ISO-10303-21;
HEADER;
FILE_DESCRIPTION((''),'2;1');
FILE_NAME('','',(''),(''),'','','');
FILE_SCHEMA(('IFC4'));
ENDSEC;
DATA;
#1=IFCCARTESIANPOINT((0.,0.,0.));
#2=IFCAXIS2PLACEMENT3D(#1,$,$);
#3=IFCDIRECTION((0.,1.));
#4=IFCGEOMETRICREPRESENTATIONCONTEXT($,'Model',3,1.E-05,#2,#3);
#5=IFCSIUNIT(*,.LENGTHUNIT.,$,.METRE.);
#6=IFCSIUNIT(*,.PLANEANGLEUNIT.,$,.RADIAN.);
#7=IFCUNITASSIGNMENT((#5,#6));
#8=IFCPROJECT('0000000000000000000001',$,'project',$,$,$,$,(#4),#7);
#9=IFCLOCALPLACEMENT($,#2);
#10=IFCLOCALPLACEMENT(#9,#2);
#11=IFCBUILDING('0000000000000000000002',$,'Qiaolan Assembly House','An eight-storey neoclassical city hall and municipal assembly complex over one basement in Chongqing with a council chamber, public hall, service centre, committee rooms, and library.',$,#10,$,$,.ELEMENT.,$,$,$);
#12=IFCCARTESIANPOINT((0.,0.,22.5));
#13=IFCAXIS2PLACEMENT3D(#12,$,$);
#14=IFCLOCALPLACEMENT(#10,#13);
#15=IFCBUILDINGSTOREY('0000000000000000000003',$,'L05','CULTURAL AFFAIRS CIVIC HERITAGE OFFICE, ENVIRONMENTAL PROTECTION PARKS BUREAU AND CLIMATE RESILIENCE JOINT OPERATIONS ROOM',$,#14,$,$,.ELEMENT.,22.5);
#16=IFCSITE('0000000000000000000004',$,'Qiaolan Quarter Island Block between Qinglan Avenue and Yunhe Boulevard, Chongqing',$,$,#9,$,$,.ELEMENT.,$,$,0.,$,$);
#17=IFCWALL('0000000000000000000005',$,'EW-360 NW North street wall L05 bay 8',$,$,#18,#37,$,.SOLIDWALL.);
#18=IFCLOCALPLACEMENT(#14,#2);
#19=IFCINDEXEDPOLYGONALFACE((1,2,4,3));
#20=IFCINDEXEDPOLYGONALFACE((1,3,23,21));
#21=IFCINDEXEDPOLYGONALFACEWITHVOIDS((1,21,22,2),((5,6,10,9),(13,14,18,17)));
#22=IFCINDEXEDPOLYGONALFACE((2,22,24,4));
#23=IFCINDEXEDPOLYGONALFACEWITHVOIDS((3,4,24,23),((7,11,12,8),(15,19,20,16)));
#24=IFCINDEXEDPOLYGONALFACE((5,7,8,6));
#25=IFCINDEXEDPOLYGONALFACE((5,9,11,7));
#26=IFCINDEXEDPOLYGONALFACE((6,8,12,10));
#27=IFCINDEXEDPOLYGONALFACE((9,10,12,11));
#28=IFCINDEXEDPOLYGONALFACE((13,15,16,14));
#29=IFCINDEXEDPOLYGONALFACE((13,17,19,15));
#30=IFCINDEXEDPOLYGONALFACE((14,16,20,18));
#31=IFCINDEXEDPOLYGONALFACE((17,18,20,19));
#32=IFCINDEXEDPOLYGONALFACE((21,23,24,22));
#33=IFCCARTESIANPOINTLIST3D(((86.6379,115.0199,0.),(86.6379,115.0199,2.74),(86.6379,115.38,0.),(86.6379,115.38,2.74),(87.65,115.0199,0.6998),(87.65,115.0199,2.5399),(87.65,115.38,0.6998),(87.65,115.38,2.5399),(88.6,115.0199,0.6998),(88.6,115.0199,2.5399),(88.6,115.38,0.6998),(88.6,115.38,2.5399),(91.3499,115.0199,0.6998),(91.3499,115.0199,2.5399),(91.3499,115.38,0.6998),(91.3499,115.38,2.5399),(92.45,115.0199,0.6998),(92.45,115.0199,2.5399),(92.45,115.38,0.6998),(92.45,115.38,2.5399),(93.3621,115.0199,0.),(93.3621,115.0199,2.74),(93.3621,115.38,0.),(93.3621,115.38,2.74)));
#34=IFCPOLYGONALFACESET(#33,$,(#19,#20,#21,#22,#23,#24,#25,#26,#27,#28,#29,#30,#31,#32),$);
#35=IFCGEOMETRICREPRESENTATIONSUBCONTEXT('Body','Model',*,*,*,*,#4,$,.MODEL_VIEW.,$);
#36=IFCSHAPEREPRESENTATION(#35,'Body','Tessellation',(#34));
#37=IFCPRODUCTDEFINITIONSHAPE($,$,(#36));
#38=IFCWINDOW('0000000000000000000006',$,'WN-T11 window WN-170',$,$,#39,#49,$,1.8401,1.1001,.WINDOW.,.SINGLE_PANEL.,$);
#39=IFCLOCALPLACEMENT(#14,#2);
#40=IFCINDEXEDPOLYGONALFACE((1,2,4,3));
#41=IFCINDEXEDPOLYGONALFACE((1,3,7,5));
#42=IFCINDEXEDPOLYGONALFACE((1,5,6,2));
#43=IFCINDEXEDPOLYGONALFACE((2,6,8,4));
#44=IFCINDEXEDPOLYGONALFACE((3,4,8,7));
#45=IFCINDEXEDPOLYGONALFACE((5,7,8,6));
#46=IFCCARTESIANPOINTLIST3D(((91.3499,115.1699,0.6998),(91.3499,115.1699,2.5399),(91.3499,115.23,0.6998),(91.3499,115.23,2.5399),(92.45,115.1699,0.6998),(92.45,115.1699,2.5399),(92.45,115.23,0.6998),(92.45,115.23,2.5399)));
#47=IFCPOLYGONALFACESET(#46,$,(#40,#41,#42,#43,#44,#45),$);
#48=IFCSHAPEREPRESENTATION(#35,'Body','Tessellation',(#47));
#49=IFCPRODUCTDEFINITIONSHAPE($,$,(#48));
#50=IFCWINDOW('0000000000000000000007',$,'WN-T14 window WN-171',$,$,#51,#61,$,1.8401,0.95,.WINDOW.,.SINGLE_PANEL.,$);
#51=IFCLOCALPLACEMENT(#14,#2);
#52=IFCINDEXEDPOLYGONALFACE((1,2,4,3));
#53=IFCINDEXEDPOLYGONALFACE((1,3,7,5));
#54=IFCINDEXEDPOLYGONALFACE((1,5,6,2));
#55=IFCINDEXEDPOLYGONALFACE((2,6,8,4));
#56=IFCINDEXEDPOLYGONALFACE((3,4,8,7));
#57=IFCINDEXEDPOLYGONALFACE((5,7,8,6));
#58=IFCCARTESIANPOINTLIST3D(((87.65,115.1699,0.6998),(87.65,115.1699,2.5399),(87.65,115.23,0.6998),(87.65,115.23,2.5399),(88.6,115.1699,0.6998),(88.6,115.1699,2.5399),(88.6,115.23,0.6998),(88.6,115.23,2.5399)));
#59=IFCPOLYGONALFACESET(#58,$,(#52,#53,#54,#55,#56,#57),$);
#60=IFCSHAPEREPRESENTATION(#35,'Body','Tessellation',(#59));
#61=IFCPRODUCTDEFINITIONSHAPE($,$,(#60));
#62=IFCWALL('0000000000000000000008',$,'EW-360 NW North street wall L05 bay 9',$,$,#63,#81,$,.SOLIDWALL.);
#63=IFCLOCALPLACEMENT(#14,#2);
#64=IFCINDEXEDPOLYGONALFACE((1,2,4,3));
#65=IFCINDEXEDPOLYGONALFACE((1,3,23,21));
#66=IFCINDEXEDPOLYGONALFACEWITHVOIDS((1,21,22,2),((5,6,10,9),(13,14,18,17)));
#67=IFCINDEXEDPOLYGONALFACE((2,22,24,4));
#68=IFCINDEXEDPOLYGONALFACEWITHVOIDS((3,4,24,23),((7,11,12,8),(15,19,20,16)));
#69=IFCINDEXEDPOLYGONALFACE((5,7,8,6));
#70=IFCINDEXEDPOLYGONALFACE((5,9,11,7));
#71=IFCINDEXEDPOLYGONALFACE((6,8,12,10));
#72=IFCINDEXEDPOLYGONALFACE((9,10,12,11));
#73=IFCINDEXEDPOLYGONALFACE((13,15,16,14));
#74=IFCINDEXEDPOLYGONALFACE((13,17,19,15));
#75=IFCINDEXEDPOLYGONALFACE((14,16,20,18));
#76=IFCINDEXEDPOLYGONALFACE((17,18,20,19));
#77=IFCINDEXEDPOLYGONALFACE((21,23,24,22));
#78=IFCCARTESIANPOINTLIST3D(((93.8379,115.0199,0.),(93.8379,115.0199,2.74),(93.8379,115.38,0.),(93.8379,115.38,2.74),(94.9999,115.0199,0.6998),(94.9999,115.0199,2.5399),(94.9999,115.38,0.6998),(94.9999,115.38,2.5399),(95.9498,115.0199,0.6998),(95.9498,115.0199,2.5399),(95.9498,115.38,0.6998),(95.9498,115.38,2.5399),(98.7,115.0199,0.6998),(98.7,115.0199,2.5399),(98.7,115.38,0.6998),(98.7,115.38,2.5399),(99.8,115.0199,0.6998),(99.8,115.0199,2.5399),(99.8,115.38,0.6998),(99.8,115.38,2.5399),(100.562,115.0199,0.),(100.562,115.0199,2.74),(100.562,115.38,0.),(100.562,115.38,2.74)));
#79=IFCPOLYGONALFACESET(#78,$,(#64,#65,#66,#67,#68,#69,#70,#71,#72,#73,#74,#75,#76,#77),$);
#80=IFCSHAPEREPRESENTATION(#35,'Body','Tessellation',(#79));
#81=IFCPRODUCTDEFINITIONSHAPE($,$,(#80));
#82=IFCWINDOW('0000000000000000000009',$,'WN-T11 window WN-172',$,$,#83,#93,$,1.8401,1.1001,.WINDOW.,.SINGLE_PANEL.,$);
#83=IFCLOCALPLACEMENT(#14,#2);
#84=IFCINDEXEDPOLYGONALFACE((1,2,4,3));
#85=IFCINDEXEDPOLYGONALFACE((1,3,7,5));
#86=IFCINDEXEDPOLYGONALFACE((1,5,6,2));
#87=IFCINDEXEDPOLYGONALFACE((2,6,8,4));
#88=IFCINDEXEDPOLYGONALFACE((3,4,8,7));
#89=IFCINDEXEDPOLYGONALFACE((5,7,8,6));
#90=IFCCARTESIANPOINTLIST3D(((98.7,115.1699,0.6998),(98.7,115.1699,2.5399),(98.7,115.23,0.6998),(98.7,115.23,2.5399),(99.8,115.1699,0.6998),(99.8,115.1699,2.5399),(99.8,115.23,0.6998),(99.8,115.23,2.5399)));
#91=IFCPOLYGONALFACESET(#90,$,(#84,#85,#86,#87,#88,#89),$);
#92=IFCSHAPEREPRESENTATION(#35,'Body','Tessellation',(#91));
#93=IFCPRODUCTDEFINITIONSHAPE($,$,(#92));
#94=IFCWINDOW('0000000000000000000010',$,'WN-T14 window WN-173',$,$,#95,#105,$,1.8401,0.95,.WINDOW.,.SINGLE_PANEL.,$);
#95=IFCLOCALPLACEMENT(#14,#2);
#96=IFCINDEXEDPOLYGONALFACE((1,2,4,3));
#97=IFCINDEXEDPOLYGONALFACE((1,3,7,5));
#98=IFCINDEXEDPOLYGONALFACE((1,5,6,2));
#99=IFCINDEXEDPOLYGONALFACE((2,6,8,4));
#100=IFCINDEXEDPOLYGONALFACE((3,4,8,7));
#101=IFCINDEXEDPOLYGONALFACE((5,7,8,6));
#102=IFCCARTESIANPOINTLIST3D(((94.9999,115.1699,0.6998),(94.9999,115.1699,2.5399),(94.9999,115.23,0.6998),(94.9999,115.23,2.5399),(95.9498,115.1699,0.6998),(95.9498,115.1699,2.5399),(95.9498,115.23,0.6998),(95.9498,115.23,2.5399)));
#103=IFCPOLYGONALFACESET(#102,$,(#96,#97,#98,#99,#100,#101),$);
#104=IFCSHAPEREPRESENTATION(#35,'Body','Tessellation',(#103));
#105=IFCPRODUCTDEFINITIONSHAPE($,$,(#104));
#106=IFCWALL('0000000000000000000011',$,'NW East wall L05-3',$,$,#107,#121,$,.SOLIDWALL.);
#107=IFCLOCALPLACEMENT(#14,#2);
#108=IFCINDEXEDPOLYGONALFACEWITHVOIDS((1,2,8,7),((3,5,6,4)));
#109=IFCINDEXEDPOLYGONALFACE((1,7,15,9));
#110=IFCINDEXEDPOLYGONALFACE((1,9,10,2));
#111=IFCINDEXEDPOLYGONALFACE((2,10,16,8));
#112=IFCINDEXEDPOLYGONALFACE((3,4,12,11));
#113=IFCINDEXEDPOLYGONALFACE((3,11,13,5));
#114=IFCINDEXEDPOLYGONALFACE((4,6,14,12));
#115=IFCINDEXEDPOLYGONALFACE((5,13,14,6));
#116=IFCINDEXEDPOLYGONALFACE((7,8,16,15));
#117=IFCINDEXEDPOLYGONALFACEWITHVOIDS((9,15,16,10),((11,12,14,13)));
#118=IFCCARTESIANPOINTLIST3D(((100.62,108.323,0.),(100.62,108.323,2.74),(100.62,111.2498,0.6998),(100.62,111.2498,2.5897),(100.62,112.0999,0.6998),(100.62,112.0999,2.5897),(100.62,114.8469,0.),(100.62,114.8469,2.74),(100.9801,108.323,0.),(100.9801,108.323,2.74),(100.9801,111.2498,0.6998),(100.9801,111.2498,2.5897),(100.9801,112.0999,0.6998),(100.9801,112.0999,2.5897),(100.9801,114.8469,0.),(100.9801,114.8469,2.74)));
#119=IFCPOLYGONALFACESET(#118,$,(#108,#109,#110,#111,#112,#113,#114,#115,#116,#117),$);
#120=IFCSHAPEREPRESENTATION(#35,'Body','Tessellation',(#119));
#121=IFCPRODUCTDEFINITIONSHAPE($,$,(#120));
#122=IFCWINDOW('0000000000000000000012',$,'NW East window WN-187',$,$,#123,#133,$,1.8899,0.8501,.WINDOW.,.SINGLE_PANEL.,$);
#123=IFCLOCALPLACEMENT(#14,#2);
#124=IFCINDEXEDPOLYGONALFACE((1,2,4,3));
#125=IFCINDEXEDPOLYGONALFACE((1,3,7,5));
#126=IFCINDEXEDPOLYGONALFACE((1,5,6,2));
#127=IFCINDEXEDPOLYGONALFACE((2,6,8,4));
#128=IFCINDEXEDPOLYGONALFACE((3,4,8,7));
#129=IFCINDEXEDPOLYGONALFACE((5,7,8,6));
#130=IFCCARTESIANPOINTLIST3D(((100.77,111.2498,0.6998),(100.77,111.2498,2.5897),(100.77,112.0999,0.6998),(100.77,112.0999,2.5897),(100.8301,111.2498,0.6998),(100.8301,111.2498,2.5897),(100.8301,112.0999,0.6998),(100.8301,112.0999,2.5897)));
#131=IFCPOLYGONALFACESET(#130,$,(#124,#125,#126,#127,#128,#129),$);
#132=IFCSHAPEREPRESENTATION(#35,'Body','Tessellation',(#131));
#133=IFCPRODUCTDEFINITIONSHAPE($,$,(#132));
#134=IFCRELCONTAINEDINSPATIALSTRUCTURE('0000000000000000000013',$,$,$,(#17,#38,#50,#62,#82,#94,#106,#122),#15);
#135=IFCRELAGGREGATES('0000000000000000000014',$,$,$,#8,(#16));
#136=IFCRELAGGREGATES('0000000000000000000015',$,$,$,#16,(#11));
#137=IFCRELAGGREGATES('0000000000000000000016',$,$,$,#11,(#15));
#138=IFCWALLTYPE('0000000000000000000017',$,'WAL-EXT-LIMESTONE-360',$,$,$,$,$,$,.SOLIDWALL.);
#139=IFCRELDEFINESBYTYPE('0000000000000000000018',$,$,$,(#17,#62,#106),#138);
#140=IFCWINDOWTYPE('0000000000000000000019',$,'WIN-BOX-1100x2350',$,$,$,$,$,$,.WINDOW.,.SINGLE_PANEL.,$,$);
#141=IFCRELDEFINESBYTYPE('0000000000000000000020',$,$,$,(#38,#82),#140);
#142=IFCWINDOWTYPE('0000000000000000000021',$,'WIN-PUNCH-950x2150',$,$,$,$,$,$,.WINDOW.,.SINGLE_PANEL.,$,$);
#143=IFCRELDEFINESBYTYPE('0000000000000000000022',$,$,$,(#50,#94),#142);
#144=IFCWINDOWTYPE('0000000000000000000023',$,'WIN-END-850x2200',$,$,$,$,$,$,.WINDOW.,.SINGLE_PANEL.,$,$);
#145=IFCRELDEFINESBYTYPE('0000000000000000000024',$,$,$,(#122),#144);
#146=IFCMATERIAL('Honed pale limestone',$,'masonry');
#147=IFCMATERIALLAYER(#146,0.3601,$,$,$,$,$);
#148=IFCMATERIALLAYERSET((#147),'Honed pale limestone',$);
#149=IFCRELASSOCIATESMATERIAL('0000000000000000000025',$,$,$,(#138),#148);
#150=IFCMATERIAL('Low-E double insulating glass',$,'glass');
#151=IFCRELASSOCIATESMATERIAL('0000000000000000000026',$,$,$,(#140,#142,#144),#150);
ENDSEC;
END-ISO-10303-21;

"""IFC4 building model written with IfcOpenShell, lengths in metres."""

from ifc_helpers import new_model, si_unit, direction, frame, frame_2d, origin, place, context, subcontext, project, spatial, rectangle, extrude, material, layer, layer_set, type_object, element, fill, save


model = new_model("IFC4")

# Units and contexts
model_context = context("Model", 3, precision=1e-05, world=origin(), true_north=direction((0.0, 1.0)))
body_context = subcontext(model_context, "Body", "Model", "MODEL_VIEW")
ifc_project = project(units=[si_unit("LENGTHUNIT", "METRE"), si_unit("PLANEANGLEUNIT", "RADIAN")], contexts=[model_context])

# Site, building, storey
site_placement = place(None, origin())
site = spatial("IfcSite", under=ifc_project, at=site_placement, Name="Qiaolan Quarter Island Block between Qinglan Avenue and Yunhe Boulevard, Chongqing", CompositionType="ELEMENT", RefElevation=0.0)
building_placement = place(site_placement, origin())
building = spatial("IfcBuilding", under=site, at=building_placement, Name="Qiaolan Assembly House", Description="An eight-storey neoclassical city hall and municipal assembly complex over one basement in Chongqing with a council chamber, public hall, service centre, committee rooms, and library.", CompositionType="ELEMENT")
storey_placement = place(building_placement, frame((0.0, 0.0, 22.5)))
storey = spatial("IfcBuildingStorey", under=building, at=storey_placement, Name="L05", Description="CULTURAL AFFAIRS CIVIC HERITAGE OFFICE, ENVIRONMENTAL PROTECTION PARKS BUREAU AND CLIMATE RESILIENCE JOINT OPERATIONS ROOM", CompositionType="ELEMENT", Elevation=22.5)

# Shared definitions
ifc_material_1 = material(Name="Honed pale limestone", Category="masonry")

# Walls, openings, windows
ifc_layer_1 = layer(ifc_material_1, 0.3601)
ifc_layer_set_1 = layer_set([ifc_layer_1], Name="Honed pale limestone")
wall_type = type_object("IfcWallType", Name="WAL-EXT-LIMESTONE-360", PredefinedType="SOLIDWALL", material=ifc_layer_set_1)
wall_1_placement = place(storey_placement, frame((93.3621, 115.2, 0.0), z_axis=(0.0, 0.0, 1.0), x_axis=(-1.0, 0.0, 0.0)))
wall_1 = element("IfcWall", 1, at=wall_1_placement, inside=storey, type_object=wall_type, Name="EW-360 NW North street wall L05 bay 8", PredefinedType="SOLIDWALL", context=body_context, shape_type="SweptSolid", body=[
    extrude(rectangle(XDim=6.7241, YDim=0.3601, at=frame_2d((3.3621, 0.0))), origin(), (0.0, 0.0, 1.0), 2.74),
])
opening_1_placement = place(wall_1_placement, frame((0.9121, 0.0, 0.7)))
opening_1 = element("IfcOpeningElement", 2, at=opening_1_placement, cuts=wall_1, PredefinedType="OPENING", context=body_context, shape_type="SweptSolid", body=[
    extrude(rectangle(XDim=1.1001, YDim=1.8401, at=frame_2d((0.55, 0.9199))), frame((0.0, 0.1899, 0.0), z_axis=(0.0, -1.0, 0.0), x_axis=(1.0, 0.0, 0.0)), (0.0, 0.0, 1.0), 0.3801),
])
opening_2_placement = place(wall_1_placement, frame((4.762, 0.0, 0.7)))
opening_2 = element("IfcOpeningElement", 3, at=opening_2_placement, cuts=wall_1, PredefinedType="OPENING", context=body_context, shape_type="SweptSolid", body=[
    extrude(rectangle(XDim=0.95, YDim=1.8401, at=frame_2d((0.4751, 0.9199))), frame((0.0, 0.1899, 0.0), z_axis=(0.0, -1.0, 0.0), x_axis=(1.0, 0.0, 0.0)), (0.0, 0.0, 1.0), 0.3801),
])
ifc_material_2 = material(Name="Low-E double insulating glass", Category="glass")
window_type_1 = type_object("IfcWindowType", Name="WIN-BOX-1100x2350", PartitioningType="SINGLE_PANEL", PredefinedType="WINDOW", material=ifc_material_2)
window_1_placement = place(opening_1_placement, origin())
window_1 = element("IfcWindow", 4, at=window_1_placement, inside=storey, type_object=window_type_1, Name="WN-T11 window WN-170", OverallHeight=1.8401, OverallWidth=1.1001, PartitioningType="SINGLE_PANEL", PredefinedType="WINDOW", context=body_context, shape_type="SweptSolid", body=[
    extrude(rectangle(XDim=1.1001, YDim=1.8401, at=frame_2d((0.55, 0.9199))), frame((0.0, 0.03, 0.0), z_axis=(0.0, -1.0, 0.0), x_axis=(1.0, 0.0, 0.0)), (0.0, 0.0, 1.0), 0.0601),
])
fill(opening_1, window_1)
window_type_2 = type_object("IfcWindowType", Name="WIN-PUNCH-950x2150", PartitioningType="SINGLE_PANEL", PredefinedType="WINDOW", material=ifc_material_2)
window_2_placement = place(opening_2_placement, origin())
window_2 = element("IfcWindow", 5, at=window_2_placement, inside=storey, type_object=window_type_2, Name="WN-T14 window WN-171", OverallHeight=1.8401, OverallWidth=0.95, PartitioningType="SINGLE_PANEL", PredefinedType="WINDOW", context=body_context, shape_type="SweptSolid", body=[
    extrude(rectangle(XDim=0.95, YDim=1.8401, at=frame_2d((0.4751, 0.9199))), frame((0.0, 0.03, 0.0), z_axis=(0.0, -1.0, 0.0), x_axis=(1.0, 0.0, 0.0)), (0.0, 0.0, 1.0), 0.0601),
])
fill(opening_2, window_2)
wall_2_placement = place(storey_placement, frame((100.562, 115.2, 0.0), z_axis=(0.0, 0.0, 1.0), x_axis=(-1.0, 0.0, 0.0)))
wall_2 = element("IfcWall", 6, at=wall_2_placement, inside=storey, type_object=wall_type, Name="EW-360 NW North street wall L05 bay 9", PredefinedType="SOLIDWALL", context=body_context, shape_type="SweptSolid", body=[
    extrude(rectangle(XDim=6.7241, YDim=0.3601, at=frame_2d((3.3621, 0.0))), origin(), (0.0, 0.0, 1.0), 2.74),
])
opening_3_placement = place(wall_2_placement, frame((0.762, 0.0, 0.7)))
opening_3 = element("IfcOpeningElement", 7, at=opening_3_placement, cuts=wall_2, PredefinedType="OPENING", context=body_context, shape_type="SweptSolid", body=[
    extrude(rectangle(XDim=1.1001, YDim=1.8401, at=frame_2d((0.55, 0.9199))), frame((0.0, 0.1899, 0.0), z_axis=(0.0, -1.0, 0.0), x_axis=(1.0, 0.0, 0.0)), (0.0, 0.0, 1.0), 0.3801),
])
opening_4_placement = place(wall_2_placement, frame((4.6121, 0.0, 0.7)))
opening_4 = element("IfcOpeningElement", 8, at=opening_4_placement, cuts=wall_2, PredefinedType="OPENING", context=body_context, shape_type="SweptSolid", body=[
    extrude(rectangle(XDim=0.95, YDim=1.8401, at=frame_2d((0.4751, 0.9199))), frame((0.0, 0.1899, 0.0), z_axis=(0.0, -1.0, 0.0), x_axis=(1.0, 0.0, 0.0)), (0.0, 0.0, 1.0), 0.3801),
])
window_3_placement = place(opening_3_placement, origin())
window_3 = element("IfcWindow", 9, at=window_3_placement, inside=storey, type_object=window_type_1, Name="WN-T11 window WN-172", OverallHeight=1.8401, OverallWidth=1.1001, PartitioningType="SINGLE_PANEL", PredefinedType="WINDOW", context=body_context, shape_type="SweptSolid", body=[
    extrude(rectangle(XDim=1.1001, YDim=1.8401, at=frame_2d((0.55, 0.9199))), frame((0.0, 0.03, 0.0), z_axis=(0.0, -1.0, 0.0), x_axis=(1.0, 0.0, 0.0)), (0.0, 0.0, 1.0), 0.0601),
])
fill(opening_3, window_3)
window_4_placement = place(opening_4_placement, origin())
window_4 = element("IfcWindow", 10, at=window_4_placement, inside=storey, type_object=window_type_2, Name="WN-T14 window WN-173", OverallHeight=1.8401, OverallWidth=0.95, PartitioningType="SINGLE_PANEL", PredefinedType="WINDOW", context=body_context, shape_type="SweptSolid", body=[
    extrude(rectangle(XDim=0.95, YDim=1.8401, at=frame_2d((0.4751, 0.9199))), frame((0.0, 0.03, 0.0), z_axis=(0.0, -1.0, 0.0), x_axis=(1.0, 0.0, 0.0)), (0.0, 0.0, 1.0), 0.0601),
])
fill(opening_4, window_4)

# Wall, opening, window
wall_3_placement = place(storey_placement, frame((100.8, 114.8469, 0.0), z_axis=(0.0, 0.0, 1.0), x_axis=(0.0, -1.0, 0.0)))
wall_3 = element("IfcWall", 11, at=wall_3_placement, inside=storey, type_object=wall_type, Name="NW East wall L05-3", PredefinedType="SOLIDWALL", context=body_context, shape_type="SweptSolid", body=[
    extrude(rectangle(XDim=6.5239, YDim=0.3601, at=frame_2d((3.262, 0.0))), origin(), (0.0, 0.0, 1.0), 2.74),
])
opening_5_placement = place(wall_3_placement, frame((2.7471, 0.0, 0.7)))
opening_5 = element("IfcOpeningElement", 12, at=opening_5_placement, cuts=wall_3, PredefinedType="OPENING", context=body_context, shape_type="SweptSolid", body=[
    extrude(rectangle(XDim=0.8501, YDim=1.8899, at=frame_2d((0.425, 0.9448))), frame((0.0, 0.1899, 0.0), z_axis=(0.0, -1.0, 0.0), x_axis=(1.0, 0.0, 0.0)), (0.0, 0.0, 1.0), 0.3801),
])
window_type_3 = type_object("IfcWindowType", Name="WIN-END-850x2200", PartitioningType="SINGLE_PANEL", PredefinedType="WINDOW", material=ifc_material_2)
window_5_placement = place(opening_5_placement, origin())
window_5 = element("IfcWindow", 13, at=window_5_placement, inside=storey, type_object=window_type_3, Name="NW East window WN-187", OverallHeight=1.8899, OverallWidth=0.8501, PartitioningType="SINGLE_PANEL", PredefinedType="WINDOW", context=body_context, shape_type="SweptSolid", body=[
    extrude(rectangle(XDim=0.8501, YDim=1.8899, at=frame_2d((0.425, 0.9448))), frame((0.0, 0.03, 0.0), z_axis=(0.0, -1.0, 0.0), x_axis=(1.0, 0.0, 0.0)), (0.0, 0.0, 1.0), 0.0601),
])
fill(opening_5, window_5)

save(model, "model.ifc")
